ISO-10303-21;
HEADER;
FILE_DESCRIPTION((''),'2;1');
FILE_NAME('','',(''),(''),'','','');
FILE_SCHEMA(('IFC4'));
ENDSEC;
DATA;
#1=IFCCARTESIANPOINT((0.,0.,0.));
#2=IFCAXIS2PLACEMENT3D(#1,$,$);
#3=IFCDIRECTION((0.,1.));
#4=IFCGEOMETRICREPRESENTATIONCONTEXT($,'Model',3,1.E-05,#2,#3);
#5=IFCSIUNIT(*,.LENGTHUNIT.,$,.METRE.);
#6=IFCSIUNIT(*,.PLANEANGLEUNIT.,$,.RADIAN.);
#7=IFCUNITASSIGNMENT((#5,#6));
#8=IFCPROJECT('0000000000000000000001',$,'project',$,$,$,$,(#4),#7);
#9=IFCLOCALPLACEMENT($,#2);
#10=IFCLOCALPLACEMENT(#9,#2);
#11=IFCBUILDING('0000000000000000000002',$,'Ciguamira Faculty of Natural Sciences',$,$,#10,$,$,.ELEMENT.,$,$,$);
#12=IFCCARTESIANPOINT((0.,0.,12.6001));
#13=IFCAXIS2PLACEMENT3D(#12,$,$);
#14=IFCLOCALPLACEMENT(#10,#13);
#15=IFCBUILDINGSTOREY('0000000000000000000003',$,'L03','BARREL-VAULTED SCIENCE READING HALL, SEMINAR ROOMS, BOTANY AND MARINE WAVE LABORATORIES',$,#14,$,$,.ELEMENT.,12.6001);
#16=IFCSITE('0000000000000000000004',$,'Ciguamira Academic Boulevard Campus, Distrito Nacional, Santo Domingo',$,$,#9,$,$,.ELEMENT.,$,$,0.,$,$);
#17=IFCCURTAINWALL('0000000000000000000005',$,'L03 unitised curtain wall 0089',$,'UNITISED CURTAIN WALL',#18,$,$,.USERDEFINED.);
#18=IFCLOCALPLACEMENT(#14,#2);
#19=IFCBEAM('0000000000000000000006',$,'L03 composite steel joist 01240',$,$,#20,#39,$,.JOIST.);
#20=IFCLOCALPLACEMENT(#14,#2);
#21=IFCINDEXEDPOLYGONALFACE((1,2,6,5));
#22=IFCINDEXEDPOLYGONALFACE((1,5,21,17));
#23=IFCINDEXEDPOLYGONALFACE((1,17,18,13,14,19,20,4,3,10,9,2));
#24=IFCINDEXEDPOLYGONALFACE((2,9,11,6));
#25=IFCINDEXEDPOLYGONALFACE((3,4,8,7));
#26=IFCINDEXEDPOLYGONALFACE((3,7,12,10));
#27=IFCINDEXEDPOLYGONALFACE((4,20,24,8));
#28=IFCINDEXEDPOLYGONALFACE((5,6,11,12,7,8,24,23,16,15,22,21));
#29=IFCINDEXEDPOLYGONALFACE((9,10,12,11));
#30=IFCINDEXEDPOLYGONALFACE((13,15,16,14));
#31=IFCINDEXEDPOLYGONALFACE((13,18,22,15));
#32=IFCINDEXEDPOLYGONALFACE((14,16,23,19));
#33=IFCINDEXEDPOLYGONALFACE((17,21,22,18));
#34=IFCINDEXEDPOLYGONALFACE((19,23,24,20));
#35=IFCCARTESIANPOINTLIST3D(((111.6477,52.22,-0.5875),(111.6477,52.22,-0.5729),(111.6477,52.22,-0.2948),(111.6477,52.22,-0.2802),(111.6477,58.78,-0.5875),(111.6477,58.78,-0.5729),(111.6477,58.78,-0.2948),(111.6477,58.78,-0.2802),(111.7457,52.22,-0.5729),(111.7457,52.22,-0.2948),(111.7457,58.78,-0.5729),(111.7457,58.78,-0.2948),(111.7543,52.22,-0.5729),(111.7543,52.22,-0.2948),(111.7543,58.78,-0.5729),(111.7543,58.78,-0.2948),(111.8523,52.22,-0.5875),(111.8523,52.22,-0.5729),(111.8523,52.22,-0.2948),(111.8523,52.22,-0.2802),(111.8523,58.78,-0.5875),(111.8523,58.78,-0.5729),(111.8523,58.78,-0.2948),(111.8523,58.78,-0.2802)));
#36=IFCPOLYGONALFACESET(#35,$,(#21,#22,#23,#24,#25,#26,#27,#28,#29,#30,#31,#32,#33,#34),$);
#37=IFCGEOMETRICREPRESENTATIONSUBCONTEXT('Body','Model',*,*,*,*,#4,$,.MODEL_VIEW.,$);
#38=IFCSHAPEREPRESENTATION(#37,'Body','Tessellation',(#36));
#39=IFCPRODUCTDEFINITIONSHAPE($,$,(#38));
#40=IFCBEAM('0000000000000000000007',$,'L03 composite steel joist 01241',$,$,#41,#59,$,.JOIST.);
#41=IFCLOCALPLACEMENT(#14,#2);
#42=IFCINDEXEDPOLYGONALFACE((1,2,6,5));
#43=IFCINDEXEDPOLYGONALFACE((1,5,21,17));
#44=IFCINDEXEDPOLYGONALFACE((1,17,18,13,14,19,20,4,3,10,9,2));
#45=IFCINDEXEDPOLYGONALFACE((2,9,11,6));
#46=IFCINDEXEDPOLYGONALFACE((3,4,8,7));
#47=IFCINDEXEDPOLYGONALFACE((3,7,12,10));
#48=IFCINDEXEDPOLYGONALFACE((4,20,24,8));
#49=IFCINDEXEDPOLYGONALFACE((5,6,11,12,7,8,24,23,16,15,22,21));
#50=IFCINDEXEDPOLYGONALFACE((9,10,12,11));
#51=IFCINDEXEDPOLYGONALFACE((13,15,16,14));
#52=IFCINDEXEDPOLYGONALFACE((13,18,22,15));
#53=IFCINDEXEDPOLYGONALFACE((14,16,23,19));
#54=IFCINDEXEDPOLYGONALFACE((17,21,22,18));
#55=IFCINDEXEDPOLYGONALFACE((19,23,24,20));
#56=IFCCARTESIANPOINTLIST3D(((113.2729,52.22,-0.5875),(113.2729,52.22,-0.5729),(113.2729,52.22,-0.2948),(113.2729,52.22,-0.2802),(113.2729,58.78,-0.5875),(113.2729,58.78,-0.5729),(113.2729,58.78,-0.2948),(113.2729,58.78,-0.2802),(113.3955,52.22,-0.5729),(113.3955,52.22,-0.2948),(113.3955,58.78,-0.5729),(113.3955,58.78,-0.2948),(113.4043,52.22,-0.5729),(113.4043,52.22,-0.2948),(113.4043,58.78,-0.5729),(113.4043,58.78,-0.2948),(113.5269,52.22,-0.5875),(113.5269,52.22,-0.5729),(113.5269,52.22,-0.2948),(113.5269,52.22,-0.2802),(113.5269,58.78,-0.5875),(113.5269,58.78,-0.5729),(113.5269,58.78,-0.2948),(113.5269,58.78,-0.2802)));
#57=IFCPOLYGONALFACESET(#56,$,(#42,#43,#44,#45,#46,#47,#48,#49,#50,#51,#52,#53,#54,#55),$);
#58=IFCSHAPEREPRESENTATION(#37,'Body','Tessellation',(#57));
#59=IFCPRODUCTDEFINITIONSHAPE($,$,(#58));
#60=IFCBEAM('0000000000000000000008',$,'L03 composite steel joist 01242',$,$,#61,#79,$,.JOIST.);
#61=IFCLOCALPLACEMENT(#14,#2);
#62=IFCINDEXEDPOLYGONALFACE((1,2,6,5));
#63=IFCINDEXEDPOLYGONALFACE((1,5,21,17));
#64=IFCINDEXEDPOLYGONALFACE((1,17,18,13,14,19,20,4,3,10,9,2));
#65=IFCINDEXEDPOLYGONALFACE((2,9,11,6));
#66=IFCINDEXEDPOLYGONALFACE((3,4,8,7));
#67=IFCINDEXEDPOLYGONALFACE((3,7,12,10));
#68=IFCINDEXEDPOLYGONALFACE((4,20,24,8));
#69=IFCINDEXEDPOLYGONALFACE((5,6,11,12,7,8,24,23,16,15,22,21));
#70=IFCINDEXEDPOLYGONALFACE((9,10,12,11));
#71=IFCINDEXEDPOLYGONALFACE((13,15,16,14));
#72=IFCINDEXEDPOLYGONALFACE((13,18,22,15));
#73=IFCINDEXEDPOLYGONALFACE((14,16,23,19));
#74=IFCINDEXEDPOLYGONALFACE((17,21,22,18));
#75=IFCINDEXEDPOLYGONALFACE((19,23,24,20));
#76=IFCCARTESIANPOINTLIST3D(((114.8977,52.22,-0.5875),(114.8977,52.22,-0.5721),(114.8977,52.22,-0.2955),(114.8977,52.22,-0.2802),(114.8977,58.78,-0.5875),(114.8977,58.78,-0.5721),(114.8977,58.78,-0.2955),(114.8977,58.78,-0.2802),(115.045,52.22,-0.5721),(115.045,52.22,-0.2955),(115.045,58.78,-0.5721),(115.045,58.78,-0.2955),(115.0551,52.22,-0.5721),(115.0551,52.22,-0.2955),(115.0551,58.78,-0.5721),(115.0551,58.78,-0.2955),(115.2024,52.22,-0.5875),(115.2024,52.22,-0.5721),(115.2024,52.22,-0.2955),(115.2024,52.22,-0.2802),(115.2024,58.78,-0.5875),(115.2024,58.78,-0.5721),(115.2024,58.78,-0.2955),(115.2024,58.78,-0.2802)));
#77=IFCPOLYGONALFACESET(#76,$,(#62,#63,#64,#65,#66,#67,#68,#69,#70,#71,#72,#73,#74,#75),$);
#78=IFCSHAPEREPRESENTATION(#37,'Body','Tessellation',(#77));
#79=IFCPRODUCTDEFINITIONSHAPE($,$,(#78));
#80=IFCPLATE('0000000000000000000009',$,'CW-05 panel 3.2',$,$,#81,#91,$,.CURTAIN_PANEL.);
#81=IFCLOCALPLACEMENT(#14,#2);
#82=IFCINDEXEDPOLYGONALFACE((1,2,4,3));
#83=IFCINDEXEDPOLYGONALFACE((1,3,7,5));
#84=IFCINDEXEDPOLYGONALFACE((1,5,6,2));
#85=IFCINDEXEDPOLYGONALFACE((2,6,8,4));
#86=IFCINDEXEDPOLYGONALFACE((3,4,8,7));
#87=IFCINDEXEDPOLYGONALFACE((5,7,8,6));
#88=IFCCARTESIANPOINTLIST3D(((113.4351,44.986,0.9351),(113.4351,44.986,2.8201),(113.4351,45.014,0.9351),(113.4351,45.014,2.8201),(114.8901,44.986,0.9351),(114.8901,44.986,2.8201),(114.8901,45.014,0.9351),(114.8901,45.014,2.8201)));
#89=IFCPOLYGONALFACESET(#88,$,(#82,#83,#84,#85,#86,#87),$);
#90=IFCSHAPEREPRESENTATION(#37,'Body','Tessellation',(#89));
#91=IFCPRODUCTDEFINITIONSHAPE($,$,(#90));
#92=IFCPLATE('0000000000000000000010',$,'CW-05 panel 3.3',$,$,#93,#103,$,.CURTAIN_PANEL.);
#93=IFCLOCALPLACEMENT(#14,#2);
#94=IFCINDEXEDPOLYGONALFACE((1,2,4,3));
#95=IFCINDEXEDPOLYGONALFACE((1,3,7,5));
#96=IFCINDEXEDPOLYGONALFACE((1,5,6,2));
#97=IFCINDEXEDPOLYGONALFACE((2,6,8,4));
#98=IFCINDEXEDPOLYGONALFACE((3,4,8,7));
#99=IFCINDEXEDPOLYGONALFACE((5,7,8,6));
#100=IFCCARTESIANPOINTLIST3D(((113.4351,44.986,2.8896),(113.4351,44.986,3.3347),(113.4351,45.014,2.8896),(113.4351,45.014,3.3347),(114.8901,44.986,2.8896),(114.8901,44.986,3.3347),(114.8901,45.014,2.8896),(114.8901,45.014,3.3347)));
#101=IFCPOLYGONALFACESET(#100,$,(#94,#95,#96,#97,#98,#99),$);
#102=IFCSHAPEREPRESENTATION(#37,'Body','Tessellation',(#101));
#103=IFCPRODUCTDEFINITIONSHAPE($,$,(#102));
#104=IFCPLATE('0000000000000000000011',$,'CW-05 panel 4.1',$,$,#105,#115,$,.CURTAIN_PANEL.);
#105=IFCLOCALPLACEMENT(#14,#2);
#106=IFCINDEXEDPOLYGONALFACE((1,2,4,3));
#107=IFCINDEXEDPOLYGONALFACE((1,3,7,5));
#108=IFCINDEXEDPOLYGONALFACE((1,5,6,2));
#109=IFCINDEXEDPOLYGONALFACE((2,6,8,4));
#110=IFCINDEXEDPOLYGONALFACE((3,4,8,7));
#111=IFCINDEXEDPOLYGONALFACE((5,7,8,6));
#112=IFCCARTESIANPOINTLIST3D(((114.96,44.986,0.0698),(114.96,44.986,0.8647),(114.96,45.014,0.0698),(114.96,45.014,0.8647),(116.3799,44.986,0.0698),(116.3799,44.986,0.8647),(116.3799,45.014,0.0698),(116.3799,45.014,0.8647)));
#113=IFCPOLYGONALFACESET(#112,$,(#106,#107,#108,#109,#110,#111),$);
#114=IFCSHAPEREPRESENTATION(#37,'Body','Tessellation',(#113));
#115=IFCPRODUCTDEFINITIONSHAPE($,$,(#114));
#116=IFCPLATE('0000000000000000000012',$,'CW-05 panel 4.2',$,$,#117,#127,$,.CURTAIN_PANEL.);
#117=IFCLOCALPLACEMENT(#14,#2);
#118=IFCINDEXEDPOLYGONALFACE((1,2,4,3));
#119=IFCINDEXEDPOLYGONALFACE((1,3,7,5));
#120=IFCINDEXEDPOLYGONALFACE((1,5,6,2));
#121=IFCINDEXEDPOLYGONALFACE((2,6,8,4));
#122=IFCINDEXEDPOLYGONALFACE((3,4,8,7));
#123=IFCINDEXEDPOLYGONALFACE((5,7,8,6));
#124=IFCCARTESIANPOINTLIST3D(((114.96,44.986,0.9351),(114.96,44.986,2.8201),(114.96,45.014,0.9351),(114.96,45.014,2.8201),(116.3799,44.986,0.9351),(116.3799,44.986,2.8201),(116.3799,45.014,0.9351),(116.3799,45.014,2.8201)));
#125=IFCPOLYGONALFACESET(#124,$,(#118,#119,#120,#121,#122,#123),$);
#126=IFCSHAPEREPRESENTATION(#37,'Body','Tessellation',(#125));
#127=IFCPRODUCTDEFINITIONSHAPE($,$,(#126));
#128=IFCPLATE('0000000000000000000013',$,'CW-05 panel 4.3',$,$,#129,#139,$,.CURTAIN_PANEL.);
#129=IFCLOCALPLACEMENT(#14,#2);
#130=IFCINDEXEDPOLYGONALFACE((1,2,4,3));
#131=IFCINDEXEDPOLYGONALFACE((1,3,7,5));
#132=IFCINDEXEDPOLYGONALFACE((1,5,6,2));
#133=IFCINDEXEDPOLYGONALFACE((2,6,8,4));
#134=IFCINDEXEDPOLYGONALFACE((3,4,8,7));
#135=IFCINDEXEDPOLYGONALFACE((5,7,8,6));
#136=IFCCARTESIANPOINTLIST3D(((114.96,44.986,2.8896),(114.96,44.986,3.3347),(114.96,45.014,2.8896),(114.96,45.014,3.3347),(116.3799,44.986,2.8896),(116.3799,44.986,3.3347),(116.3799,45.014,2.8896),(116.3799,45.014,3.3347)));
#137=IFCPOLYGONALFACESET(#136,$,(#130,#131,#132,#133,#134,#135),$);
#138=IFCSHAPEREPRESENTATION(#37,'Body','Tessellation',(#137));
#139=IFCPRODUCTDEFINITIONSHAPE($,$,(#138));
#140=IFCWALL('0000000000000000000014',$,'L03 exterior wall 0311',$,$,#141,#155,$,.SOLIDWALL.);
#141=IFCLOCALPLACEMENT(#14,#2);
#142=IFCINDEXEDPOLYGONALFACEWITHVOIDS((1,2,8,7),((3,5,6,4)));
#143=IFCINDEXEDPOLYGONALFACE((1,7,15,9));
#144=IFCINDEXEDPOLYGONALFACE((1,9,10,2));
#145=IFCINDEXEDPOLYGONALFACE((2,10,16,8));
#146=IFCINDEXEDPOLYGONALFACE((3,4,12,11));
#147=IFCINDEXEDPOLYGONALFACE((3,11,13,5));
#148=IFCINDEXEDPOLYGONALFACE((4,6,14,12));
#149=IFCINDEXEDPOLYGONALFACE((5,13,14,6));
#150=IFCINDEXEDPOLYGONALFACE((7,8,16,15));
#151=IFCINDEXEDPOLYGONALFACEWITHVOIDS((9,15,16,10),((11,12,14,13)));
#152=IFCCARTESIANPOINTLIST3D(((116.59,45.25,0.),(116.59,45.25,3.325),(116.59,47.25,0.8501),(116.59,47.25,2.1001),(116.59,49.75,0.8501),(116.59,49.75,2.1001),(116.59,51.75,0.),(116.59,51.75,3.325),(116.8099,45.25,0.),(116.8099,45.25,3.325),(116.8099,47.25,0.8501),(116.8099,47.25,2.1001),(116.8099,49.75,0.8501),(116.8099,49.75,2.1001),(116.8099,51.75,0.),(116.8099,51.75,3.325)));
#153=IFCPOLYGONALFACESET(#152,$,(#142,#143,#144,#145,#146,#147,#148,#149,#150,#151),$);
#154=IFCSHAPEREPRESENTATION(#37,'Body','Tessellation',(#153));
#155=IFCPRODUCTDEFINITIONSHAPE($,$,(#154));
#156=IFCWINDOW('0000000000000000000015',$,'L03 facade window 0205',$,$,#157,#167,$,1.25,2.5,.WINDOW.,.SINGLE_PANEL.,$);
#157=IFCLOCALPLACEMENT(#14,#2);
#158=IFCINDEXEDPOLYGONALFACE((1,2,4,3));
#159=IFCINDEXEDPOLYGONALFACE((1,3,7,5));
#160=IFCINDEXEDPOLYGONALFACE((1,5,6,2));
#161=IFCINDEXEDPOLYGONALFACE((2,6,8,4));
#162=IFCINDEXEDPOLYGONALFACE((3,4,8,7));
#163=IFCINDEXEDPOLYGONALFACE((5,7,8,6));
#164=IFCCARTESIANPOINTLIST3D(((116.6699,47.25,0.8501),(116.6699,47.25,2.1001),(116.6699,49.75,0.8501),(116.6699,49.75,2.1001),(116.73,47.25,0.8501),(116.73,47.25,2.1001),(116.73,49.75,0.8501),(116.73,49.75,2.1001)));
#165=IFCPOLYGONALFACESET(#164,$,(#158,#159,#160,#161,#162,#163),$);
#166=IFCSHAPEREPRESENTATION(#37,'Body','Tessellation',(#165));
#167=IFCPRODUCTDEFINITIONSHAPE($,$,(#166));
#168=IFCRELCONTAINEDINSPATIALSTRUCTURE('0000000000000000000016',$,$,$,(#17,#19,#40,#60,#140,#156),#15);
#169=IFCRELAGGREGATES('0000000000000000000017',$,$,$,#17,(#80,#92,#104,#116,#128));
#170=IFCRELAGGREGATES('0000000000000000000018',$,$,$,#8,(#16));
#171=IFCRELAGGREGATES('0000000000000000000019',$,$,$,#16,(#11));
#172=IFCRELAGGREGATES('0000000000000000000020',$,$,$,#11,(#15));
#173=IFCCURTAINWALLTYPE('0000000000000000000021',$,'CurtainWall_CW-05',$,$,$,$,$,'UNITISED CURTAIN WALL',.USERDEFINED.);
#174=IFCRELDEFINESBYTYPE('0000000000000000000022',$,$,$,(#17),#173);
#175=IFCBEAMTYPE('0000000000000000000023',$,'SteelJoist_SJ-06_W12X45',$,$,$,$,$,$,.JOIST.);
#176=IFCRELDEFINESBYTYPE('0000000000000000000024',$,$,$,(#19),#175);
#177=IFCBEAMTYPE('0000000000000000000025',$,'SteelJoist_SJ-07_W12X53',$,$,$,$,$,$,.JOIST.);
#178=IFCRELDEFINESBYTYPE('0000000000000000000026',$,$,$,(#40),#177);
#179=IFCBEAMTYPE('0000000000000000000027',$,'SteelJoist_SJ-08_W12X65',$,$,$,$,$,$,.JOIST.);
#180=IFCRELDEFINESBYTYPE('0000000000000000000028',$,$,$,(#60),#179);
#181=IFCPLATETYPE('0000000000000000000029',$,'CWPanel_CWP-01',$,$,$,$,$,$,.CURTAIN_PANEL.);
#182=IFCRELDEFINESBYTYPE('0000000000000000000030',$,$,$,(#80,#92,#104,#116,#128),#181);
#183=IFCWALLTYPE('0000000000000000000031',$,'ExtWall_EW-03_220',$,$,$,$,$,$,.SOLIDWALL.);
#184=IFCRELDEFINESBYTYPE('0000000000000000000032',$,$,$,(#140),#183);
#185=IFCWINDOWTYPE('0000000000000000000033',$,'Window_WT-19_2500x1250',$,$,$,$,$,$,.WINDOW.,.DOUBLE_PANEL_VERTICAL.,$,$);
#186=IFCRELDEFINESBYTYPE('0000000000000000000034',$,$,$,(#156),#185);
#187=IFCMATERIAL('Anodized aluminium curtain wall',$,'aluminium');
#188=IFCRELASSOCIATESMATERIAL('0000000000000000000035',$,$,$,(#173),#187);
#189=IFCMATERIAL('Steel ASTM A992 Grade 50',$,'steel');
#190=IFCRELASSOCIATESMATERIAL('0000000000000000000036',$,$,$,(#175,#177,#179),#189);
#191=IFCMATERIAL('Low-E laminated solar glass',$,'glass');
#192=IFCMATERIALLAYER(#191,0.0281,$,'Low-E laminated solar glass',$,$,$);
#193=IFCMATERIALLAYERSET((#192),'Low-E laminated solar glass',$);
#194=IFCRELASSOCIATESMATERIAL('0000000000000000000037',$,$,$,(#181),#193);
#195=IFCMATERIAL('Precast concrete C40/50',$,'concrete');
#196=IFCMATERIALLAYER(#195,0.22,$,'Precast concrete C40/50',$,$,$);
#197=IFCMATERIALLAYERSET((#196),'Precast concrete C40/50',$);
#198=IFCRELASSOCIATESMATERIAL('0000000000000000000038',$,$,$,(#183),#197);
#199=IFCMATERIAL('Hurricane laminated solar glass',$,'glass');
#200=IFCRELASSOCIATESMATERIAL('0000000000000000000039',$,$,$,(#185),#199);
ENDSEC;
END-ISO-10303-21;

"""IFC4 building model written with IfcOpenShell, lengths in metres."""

from ifc_helpers import new_model, si_unit, direction, frame, frame_2d, origin, origin_2d, place, context, subcontext, project, spatial, rectangle, i_section, extrude, material, layer, layer_set, material_profile, profile_set, type_object, element, fill, aggregate, save


model = new_model("IFC4")

# Units and contexts
model_context = context("Model", 3, precision=1e-05, world=origin(), true_north=direction((0.0, 1.0)))
body_context = subcontext(model_context, "Body", "Model", "MODEL_VIEW")
ifc_project = project(units=[si_unit("LENGTHUNIT", "METRE"), si_unit("PLANEANGLEUNIT", "RADIAN")], contexts=[model_context])

# Site, building, storey
site_placement = place(None, origin())
site = spatial("IfcSite", under=ifc_project, at=site_placement, Name="Ciguamira Academic Boulevard Campus, Distrito Nacional, Santo Domingo", CompositionType="ELEMENT", RefElevation=0.0)
building_placement = place(site_placement, origin())
building = spatial("IfcBuilding", under=site, at=building_placement, Name="Ciguamira Faculty of Natural Sciences", CompositionType="ELEMENT")
storey_placement = place(building_placement, frame((0.0, 0.0, 12.6001)))
storey = spatial("IfcBuildingStorey", under=building, at=storey_placement, Name="L03", Description="BARREL-VAULTED SCIENCE READING HALL, SEMINAR ROOMS, BOTANY AND MARINE WAVE LABORATORIES", CompositionType="ELEMENT", Elevation=12.6001)

# Curtain wall
ifc_material_1 = material(Name="Anodized aluminium curtain wall", Category="aluminium")
curtain_wall_type = type_object("IfcCurtainWallType", Name="CurtainWall_CW-05", ElementType="UNITISED CURTAIN WALL", PredefinedType="USERDEFINED", material=ifc_material_1)
curtain_wall_placement = place(storey_placement, origin())
curtain_wall = element("IfcCurtainWall", 1, at=curtain_wall_placement, inside=storey, type_object=curtain_wall_type, Name="L03 unitised curtain wall 0089", ObjectType="UNITISED CURTAIN WALL", PredefinedType="USERDEFINED")

# Beams
ifc_material_2 = material(Name="Precast concrete C40/50", Category="concrete")
ifc_material_3 = material(Name="Steel ASTM A992 Grade 50", Category="steel")
ifc_material_profile_1 = material_profile(ifc_material_3, i_section(OverallWidth=0.2046, OverallDepth=0.3074, WebThickness=0.0085, FlangeThickness=0.0146, at=origin_2d()), Name="W12X45")
ifc_profile_set_1 = profile_set([ifc_material_profile_1], Name="Steel ASTM A992 Grade 50")
beam_type_1 = type_object("IfcBeamType", Name="SteelJoist_SJ-06_W12X45", PredefinedType="JOIST", material=ifc_profile_set_1)
beam_1_placement = place(storey_placement, frame((111.75, 52.22, -0.4338), z_axis=(0.0, 1.0, 0.0), x_axis=(-1.0, 0.0, 0.0)))
element("IfcBeam", 2, at=beam_1_placement, inside=storey, type_object=beam_type_1, Name="L03 composite steel joist 01240", PredefinedType="JOIST", context=body_context, shape_type="SweptSolid", body=[
    extrude(i_section(OverallWidth=0.2046, OverallDepth=0.3074, WebThickness=0.0085, FlangeThickness=0.0146, at=origin_2d()), origin(), (0.0, 0.0, 1.0), 6.5601),
])
ifc_material_profile_2 = material_profile(ifc_material_3, i_section(OverallWidth=0.2539, OverallDepth=0.3074, WebThickness=0.0088, FlangeThickness=0.0146, at=origin_2d()), Name="W12X53")
ifc_profile_set_2 = profile_set([ifc_material_profile_2], Name="Steel ASTM A992 Grade 50")
beam_type_2 = type_object("IfcBeamType", Name="SteelJoist_SJ-07_W12X53", PredefinedType="JOIST", material=ifc_profile_set_2)
beam_2_placement = place(storey_placement, frame((113.3999, 52.22, -0.4338), z_axis=(0.0, 1.0, 0.0), x_axis=(-1.0, 0.0, 0.0)))
element("IfcBeam", 3, at=beam_2_placement, inside=storey, type_object=beam_type_2, Name="L03 composite steel joist 01241", PredefinedType="JOIST", context=body_context, shape_type="SweptSolid", body=[
    extrude(i_section(OverallWidth=0.2539, OverallDepth=0.3074, WebThickness=0.0088, FlangeThickness=0.0146, at=origin_2d()), origin(), (0.0, 0.0, 1.0), 6.5601),
])
ifc_material_profile_3 = material_profile(ifc_material_3, i_section(OverallWidth=0.3047, OverallDepth=0.3074, WebThickness=0.01, FlangeThickness=0.0154, at=origin_2d()), Name="W12X65")
ifc_profile_set_3 = profile_set([ifc_material_profile_3], Name="Steel ASTM A992 Grade 50")
beam_type_3 = type_object("IfcBeamType", Name="SteelJoist_SJ-08_W12X65", PredefinedType="JOIST", material=ifc_profile_set_3)
beam_3_placement = place(storey_placement, frame((115.05, 52.22, -0.4338), z_axis=(0.0, 1.0, 0.0), x_axis=(-1.0, 0.0, 0.0)))
element("IfcBeam", 4, at=beam_3_placement, inside=storey, type_object=beam_type_3, Name="L03 composite steel joist 01242", PredefinedType="JOIST", context=body_context, shape_type="SweptSolid", body=[
    extrude(i_section(OverallWidth=0.3047, OverallDepth=0.3074, WebThickness=0.01, FlangeThickness=0.0154, at=origin_2d()), origin(), (0.0, 0.0, 1.0), 6.5601),
])

# Plates
ifc_material_4 = material(Name="Low-E laminated solar glass", Category="glass")
ifc_layer_1 = layer(ifc_material_4, 0.0281, Name="Low-E laminated solar glass")
ifc_layer_set_1 = layer_set([ifc_layer_1], Name="Low-E laminated solar glass")
plate_type = type_object("IfcPlateType", Name="CWPanel_CWP-01", PredefinedType="CURTAIN_PANEL", material=ifc_layer_set_1)
plate_1_placement = place(storey_placement, frame((114.1626, 45.0, 0.9351), z_axis=(0.0, 0.0, 1.0), x_axis=(1.0, 0.0, 0.0)))
plate_1 = element("IfcPlate", 5, at=plate_1_placement, type_object=plate_type, Name="CW-05 panel 3.2", PredefinedType="CURTAIN_PANEL", context=body_context, shape_type="SweptSolid", body=[
    extrude(rectangle(XDim=1.4551, YDim=0.0281, at=origin_2d()), origin(), (0.0, 0.0, 1.0), 1.885),
])
plate_2_placement = place(storey_placement, frame((114.1626, 45.0, 2.8896), z_axis=(0.0, 0.0, 1.0), x_axis=(1.0, 0.0, 0.0)))
plate_2 = element("IfcPlate", 6, at=plate_2_placement, type_object=plate_type, Name="CW-05 panel 3.3", PredefinedType="CURTAIN_PANEL", context=body_context, shape_type="SweptSolid", body=[
    extrude(rectangle(XDim=1.4551, YDim=0.0281, at=origin_2d()), origin(), (0.0, 0.0, 1.0), 0.4451),
])
plate_3_placement = place(storey_placement, frame((115.6699, 45.0, 0.0698), z_axis=(0.0, 0.0, 1.0), x_axis=(1.0, 0.0, 0.0)))
plate_3 = element("IfcPlate", 7, at=plate_3_placement, type_object=plate_type, Name="CW-05 panel 4.1", PredefinedType="CURTAIN_PANEL", context=body_context, shape_type="SweptSolid", body=[
    extrude(rectangle(XDim=1.4199, YDim=0.0281, at=origin_2d()), origin(), (0.0, 0.0, 1.0), 0.7949),
])
plate_4_placement = place(storey_placement, frame((115.6699, 45.0, 0.9351), z_axis=(0.0, 0.0, 1.0), x_axis=(1.0, 0.0, 0.0)))
plate_4 = element("IfcPlate", 8, at=plate_4_placement, type_object=plate_type, Name="CW-05 panel 4.2", PredefinedType="CURTAIN_PANEL", context=body_context, shape_type="SweptSolid", body=[
    extrude(rectangle(XDim=1.4199, YDim=0.0281, at=origin_2d()), origin(), (0.0, 0.0, 1.0), 1.885),
])
plate_5_placement = place(storey_placement, frame((115.6699, 45.0, 2.8896), z_axis=(0.0, 0.0, 1.0), x_axis=(1.0, 0.0, 0.0)))
plate_5 = element("IfcPlate", 9, at=plate_5_placement, type_object=plate_type, Name="CW-05 panel 4.3", PredefinedType="CURTAIN_PANEL", context=body_context, shape_type="SweptSolid", body=[
    extrude(rectangle(XDim=1.4199, YDim=0.0281, at=origin_2d()), origin(), (0.0, 0.0, 1.0), 0.4451),
])
aggregate(curtain_wall, [plate_1, plate_2, plate_3, plate_4, plate_5])

# Wall, opening, window
ifc_layer_2 = layer(ifc_material_2, 0.22, Name="Precast concrete C40/50")
ifc_layer_set_2 = layer_set([ifc_layer_2], Name="Precast concrete C40/50")
wall_type = type_object("IfcWallType", Name="ExtWall_EW-03_220", PredefinedType="SOLIDWALL", material=ifc_layer_set_2)
wall_1_placement = place(storey_placement, frame((116.7, 45.25, 0.0), z_axis=(0.0, 0.0, 1.0), x_axis=(0.0, 1.0, 0.0)))
wall_1 = element("IfcWall", 10, at=wall_1_placement, inside=storey, type_object=wall_type, Name="L03 exterior wall 0311", PredefinedType="SOLIDWALL", context=body_context, shape_type="SweptSolid", body=[
    extrude(rectangle(XDim=6.5, YDim=0.22, at=frame_2d((3.25, 0.0))), origin(), (0.0, 0.0, 1.0), 3.325),
])
opening_1_placement = place(wall_1_placement, frame((2.0, 0.0, 0.8501)))
opening_1 = element("IfcOpeningElement", 11, at=opening_1_placement, cuts=wall_1, PredefinedType="OPENING", context=body_context, shape_type="SweptSolid", body=[
    extrude(rectangle(XDim=2.5, YDim=1.25, at=frame_2d((1.25, 0.625))), frame((0.0, 0.1199, 0.0), z_axis=(0.0, -1.0, 0.0), x_axis=(1.0, 0.0, 0.0)), (0.0, 0.0, 1.0), 0.24),
])
ifc_material_5 = material(Name="Hurricane laminated solar glass", Category="glass")
window_type_1 = type_object("IfcWindowType", Name="Window_WT-19_2500x1250", PartitioningType="DOUBLE_PANEL_VERTICAL", PredefinedType="WINDOW", material=ifc_material_5)
window_1_placement = place(opening_1_placement, origin())
window_1 = element("IfcWindow", 12, at=window_1_placement, inside=storey, type_object=window_type_1, Name="L03 facade window 0205", OverallHeight=1.25, OverallWidth=2.5, PartitioningType="SINGLE_PANEL", PredefinedType="WINDOW", context=body_context, shape_type="SweptSolid", body=[
    extrude(rectangle(XDim=2.5, YDim=1.25, at=frame_2d((1.25, 0.625))), frame((0.0, 0.03, 0.0), z_axis=(0.0, -1.0, 0.0), x_axis=(1.0, 0.0, 0.0)), (0.0, 0.0, 1.0), 0.0601),
])
fill(opening_1, window_1)

save(model, "model.ifc")
